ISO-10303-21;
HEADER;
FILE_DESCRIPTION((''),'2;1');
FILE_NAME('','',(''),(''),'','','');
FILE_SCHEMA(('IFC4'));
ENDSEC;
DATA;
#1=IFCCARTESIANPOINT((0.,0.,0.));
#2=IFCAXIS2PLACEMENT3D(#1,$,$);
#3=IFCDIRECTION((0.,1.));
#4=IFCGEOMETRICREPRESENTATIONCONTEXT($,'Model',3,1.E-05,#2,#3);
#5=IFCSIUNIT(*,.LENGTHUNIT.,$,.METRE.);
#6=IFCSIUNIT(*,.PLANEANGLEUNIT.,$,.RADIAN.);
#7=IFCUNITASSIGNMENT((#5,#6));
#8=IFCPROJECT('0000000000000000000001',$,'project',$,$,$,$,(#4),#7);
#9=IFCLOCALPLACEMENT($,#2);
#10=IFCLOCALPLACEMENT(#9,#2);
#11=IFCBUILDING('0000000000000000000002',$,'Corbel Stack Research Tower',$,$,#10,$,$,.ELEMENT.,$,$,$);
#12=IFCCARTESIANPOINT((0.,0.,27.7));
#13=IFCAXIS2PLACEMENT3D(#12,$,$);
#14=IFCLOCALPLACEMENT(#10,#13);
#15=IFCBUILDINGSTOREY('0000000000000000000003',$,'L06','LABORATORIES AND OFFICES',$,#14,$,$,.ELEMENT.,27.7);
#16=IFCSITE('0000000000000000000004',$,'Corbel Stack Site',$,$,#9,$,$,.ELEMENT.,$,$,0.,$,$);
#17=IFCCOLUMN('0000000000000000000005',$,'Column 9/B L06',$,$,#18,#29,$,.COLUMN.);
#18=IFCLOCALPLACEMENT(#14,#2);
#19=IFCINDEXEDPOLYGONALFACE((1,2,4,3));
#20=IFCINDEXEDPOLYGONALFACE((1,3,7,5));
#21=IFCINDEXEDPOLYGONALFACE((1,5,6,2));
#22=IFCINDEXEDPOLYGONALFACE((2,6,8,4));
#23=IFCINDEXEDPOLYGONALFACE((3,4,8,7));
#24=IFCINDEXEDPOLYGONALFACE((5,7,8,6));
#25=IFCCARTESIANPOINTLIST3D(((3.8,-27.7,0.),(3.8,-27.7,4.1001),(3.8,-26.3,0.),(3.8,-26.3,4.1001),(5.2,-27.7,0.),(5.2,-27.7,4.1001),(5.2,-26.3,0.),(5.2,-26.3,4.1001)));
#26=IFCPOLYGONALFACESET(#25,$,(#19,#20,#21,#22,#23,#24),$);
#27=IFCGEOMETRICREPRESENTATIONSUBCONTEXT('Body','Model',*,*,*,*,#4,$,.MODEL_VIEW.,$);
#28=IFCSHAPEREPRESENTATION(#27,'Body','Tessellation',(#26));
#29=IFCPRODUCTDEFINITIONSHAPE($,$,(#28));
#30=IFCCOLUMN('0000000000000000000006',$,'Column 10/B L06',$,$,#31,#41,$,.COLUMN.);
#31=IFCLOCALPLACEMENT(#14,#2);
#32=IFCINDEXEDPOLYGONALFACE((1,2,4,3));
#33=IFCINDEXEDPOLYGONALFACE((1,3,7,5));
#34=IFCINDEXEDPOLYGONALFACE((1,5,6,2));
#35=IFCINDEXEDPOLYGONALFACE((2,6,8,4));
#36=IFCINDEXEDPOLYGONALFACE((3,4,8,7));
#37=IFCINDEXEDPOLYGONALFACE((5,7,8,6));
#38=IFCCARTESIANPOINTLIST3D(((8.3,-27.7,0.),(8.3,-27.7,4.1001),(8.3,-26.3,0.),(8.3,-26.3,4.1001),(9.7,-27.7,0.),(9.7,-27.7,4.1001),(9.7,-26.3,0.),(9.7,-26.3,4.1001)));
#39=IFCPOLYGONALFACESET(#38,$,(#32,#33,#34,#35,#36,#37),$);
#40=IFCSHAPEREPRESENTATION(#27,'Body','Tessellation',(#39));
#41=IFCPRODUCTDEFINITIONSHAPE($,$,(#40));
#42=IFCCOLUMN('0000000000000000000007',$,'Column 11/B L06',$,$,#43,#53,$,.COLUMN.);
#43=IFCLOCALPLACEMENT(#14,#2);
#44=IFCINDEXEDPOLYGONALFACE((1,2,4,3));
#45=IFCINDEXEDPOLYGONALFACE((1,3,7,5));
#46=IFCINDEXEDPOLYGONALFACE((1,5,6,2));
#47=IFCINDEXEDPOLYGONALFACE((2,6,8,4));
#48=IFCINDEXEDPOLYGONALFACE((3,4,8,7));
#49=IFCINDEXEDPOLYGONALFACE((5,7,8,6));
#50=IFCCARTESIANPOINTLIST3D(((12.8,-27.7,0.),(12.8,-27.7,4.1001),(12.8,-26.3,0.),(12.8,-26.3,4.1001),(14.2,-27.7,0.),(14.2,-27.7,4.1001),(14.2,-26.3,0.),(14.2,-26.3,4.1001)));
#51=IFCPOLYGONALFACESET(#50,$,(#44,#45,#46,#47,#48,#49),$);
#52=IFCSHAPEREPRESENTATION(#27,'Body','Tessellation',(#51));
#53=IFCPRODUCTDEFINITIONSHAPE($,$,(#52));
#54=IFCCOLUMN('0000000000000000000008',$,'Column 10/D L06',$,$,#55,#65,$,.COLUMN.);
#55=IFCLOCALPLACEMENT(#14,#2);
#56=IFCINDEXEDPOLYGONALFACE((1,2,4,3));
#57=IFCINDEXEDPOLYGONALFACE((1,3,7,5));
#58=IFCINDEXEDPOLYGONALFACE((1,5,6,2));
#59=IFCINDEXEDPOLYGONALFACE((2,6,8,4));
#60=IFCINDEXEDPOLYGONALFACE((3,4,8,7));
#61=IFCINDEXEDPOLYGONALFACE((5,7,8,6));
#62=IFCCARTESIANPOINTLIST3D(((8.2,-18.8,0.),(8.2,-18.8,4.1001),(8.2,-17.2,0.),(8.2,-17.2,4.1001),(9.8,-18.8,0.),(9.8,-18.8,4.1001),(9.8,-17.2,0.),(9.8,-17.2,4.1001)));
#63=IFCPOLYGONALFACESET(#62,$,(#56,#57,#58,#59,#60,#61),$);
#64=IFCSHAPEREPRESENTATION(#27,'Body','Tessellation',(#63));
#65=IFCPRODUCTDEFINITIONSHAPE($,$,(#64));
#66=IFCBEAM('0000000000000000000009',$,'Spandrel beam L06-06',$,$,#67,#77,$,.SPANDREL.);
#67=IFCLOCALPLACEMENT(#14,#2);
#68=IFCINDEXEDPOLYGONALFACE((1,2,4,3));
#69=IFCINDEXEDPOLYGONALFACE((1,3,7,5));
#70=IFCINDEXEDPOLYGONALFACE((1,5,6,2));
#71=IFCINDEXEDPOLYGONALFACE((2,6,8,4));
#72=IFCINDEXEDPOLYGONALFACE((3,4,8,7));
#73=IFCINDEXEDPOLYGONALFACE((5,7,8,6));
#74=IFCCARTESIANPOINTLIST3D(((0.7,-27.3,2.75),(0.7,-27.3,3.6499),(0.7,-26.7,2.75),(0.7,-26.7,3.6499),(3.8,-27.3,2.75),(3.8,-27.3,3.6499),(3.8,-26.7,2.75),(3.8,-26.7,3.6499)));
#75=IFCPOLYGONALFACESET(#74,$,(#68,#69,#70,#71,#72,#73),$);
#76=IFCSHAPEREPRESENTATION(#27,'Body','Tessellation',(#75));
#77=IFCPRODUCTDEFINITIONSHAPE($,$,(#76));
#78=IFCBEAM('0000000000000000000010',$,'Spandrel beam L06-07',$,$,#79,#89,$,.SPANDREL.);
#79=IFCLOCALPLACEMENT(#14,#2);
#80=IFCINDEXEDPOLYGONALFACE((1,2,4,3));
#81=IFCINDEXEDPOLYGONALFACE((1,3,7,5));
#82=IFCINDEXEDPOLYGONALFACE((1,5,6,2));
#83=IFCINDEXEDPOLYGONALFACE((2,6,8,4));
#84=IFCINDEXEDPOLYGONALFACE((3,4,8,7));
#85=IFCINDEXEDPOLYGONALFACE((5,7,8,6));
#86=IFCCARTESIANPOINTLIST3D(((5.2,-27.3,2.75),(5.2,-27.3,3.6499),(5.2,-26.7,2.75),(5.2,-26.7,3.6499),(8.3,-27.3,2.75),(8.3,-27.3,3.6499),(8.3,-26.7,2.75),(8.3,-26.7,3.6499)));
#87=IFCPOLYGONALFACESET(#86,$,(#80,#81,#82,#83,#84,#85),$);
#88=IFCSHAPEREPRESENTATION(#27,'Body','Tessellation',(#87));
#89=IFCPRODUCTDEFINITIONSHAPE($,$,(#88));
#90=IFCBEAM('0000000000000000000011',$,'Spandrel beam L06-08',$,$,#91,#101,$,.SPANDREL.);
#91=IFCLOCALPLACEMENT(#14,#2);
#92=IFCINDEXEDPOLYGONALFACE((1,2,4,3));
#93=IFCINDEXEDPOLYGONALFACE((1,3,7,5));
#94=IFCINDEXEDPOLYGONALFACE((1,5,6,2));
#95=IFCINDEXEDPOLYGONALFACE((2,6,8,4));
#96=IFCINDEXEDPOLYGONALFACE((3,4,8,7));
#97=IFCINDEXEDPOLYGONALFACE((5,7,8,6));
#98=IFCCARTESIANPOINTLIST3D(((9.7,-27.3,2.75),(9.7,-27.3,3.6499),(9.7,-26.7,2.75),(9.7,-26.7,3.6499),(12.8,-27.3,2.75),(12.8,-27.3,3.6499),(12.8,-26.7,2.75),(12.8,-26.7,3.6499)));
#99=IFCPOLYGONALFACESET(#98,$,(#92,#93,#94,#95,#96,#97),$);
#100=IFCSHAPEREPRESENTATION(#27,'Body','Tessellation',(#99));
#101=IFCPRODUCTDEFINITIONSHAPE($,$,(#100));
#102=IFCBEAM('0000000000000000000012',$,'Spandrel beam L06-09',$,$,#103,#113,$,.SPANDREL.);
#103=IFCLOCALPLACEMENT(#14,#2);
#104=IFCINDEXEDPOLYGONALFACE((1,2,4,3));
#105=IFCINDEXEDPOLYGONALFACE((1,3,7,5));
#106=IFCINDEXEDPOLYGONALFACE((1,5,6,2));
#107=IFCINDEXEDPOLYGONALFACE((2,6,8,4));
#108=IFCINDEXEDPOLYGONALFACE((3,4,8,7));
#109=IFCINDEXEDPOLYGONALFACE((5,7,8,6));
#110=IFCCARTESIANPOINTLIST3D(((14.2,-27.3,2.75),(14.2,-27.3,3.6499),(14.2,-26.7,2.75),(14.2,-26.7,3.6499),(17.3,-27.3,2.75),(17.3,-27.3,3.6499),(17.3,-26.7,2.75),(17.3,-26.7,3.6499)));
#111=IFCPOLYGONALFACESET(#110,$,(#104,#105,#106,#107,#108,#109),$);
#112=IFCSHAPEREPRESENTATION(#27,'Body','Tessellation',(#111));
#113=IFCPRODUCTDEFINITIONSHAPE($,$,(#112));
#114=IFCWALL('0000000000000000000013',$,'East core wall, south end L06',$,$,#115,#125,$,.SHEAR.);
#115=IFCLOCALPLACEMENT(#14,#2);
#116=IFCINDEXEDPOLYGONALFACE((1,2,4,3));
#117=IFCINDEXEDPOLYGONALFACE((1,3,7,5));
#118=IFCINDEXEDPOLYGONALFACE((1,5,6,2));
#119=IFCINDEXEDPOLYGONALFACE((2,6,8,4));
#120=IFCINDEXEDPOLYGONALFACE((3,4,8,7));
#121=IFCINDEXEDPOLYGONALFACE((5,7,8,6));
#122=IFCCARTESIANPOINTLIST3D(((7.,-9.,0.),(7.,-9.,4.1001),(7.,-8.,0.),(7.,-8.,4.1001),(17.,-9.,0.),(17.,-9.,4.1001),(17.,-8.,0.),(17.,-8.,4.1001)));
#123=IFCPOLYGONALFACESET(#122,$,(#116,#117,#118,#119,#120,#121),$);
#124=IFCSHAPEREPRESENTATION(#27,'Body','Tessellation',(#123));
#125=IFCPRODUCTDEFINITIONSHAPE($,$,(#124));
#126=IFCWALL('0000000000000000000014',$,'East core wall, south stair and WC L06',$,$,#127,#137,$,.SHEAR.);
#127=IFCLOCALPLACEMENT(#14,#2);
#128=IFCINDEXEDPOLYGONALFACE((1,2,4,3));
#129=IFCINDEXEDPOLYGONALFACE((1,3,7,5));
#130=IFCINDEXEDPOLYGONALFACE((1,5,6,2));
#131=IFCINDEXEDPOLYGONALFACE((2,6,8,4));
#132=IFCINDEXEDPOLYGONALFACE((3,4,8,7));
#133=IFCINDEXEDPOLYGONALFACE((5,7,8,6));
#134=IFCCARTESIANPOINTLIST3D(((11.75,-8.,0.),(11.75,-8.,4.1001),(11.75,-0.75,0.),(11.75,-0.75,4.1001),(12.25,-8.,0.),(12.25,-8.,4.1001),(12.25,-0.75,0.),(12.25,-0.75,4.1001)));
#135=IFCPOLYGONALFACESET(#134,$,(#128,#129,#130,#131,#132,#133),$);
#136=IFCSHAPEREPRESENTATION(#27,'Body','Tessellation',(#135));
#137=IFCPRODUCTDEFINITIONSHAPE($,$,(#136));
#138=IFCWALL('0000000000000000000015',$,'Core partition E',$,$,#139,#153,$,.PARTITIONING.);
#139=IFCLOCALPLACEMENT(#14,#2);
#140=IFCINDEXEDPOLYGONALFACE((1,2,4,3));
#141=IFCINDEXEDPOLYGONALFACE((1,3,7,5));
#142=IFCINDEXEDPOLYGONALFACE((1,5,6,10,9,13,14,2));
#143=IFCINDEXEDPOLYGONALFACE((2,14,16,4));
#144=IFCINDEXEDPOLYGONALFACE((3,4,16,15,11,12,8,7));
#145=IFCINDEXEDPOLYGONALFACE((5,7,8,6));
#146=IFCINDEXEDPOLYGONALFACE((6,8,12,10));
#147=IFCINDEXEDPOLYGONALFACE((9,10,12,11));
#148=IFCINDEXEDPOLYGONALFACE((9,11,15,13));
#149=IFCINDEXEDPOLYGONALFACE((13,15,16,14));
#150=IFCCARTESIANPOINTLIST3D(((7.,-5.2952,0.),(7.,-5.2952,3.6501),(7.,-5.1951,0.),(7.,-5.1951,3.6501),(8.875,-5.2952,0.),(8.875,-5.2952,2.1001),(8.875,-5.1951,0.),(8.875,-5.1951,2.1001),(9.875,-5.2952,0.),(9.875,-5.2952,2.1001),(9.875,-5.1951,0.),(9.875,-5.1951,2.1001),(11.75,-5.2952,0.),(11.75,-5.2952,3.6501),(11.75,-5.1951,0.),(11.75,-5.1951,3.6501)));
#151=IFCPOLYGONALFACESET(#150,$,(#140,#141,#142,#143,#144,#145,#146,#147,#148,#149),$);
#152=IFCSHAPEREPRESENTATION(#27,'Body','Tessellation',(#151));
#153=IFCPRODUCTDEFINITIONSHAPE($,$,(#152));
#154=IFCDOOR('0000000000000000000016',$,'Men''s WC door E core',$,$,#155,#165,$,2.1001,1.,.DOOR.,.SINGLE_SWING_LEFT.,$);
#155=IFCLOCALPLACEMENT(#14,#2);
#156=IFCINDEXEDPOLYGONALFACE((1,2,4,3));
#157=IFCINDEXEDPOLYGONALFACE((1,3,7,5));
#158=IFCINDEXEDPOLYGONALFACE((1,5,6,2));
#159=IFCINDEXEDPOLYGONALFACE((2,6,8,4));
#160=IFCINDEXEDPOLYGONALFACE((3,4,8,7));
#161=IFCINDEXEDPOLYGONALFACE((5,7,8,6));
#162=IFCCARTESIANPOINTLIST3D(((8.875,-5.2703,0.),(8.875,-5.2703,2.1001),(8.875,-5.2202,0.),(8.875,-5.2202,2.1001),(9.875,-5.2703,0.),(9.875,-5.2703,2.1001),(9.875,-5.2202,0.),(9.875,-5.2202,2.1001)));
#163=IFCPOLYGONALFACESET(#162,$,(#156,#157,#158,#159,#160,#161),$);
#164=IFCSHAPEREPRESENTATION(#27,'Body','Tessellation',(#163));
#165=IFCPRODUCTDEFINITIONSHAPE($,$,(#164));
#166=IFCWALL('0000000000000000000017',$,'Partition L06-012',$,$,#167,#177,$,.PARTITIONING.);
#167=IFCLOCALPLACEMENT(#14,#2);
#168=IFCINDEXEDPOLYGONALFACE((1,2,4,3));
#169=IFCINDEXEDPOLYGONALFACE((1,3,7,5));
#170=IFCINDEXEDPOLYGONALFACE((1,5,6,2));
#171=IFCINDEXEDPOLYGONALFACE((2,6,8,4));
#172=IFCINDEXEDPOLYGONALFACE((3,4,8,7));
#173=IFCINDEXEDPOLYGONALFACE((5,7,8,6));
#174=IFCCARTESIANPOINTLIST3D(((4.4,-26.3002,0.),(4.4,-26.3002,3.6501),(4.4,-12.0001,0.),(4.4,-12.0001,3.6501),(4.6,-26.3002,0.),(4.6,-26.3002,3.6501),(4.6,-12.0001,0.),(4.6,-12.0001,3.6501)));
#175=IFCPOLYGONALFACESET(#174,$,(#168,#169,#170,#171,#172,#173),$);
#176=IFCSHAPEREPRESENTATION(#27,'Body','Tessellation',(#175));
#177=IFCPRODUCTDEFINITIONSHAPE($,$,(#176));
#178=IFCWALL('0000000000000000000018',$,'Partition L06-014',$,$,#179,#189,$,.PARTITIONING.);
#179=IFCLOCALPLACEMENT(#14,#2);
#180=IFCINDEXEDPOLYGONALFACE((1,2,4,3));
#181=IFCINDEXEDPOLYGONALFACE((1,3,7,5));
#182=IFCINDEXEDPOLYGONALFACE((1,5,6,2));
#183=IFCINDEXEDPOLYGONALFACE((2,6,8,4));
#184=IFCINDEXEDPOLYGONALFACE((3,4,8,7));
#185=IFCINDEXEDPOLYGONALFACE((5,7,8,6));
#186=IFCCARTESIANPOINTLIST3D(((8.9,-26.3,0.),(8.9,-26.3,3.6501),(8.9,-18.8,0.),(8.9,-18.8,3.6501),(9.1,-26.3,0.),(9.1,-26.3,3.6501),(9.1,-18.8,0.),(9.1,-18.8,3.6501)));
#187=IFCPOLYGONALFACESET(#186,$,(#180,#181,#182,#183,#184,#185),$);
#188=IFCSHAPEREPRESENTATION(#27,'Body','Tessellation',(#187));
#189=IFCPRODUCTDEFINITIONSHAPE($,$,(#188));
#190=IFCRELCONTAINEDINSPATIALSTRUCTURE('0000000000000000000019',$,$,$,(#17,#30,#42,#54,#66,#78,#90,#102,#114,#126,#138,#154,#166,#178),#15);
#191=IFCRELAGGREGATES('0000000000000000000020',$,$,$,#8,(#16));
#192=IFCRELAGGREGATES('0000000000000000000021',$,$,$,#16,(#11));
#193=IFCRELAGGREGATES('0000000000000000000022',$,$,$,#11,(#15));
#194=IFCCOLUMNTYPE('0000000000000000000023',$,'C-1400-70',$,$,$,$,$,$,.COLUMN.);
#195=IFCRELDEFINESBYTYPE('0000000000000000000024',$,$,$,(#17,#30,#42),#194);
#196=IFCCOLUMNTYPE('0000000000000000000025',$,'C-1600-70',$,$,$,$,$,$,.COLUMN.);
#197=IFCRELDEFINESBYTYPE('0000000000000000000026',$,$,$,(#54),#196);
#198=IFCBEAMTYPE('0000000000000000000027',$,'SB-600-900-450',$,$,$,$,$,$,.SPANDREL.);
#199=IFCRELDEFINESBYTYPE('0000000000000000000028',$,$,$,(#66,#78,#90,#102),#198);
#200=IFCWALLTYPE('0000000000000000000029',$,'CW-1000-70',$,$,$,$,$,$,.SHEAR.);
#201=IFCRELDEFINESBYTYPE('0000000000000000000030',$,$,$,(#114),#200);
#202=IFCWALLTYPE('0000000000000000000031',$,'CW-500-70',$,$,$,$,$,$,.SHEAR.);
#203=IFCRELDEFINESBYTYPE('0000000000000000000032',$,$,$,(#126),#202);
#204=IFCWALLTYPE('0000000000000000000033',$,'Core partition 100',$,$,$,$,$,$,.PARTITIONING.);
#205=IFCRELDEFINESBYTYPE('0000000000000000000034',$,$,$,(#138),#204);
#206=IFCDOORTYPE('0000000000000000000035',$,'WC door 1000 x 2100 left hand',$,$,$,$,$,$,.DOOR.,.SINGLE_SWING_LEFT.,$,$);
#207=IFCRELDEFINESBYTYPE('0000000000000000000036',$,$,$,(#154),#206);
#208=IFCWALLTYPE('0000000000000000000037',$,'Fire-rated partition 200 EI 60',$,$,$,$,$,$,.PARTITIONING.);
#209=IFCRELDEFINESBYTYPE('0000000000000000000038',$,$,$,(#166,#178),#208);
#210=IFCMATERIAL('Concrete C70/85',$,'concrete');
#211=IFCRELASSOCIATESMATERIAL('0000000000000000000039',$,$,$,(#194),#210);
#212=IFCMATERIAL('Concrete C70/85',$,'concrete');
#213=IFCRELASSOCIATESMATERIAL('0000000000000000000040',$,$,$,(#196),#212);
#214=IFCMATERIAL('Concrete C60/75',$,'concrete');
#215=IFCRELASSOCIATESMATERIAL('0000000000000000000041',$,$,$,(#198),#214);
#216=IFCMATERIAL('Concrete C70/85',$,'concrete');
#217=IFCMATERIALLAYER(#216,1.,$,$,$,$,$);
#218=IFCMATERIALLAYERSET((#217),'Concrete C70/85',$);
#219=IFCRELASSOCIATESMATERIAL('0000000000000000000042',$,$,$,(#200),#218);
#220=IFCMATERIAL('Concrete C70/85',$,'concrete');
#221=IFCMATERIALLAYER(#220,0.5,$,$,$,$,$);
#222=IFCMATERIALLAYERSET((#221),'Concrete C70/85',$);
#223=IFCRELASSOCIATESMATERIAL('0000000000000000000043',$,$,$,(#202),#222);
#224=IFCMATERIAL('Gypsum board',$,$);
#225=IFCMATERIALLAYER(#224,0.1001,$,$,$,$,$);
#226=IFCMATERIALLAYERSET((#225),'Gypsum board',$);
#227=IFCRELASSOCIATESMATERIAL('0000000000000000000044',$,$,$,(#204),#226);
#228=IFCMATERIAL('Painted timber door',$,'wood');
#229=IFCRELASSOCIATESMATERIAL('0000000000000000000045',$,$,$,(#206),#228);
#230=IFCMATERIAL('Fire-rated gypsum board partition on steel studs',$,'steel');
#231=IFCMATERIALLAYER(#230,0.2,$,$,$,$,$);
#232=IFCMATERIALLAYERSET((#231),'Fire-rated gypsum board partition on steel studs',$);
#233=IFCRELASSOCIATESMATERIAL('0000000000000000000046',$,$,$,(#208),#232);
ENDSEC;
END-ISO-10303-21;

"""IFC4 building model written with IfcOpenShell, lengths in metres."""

from ifc_helpers import new_model, si_unit, direction, frame, frame_2d, origin, origin_2d, place, context, subcontext, project, spatial, rectangle, extrude, material, layer, layer_set, material_profile, profile_set, type_object, element, fill, save


model = new_model("IFC4")

# Units and contexts
model_context = context("Model", 3, precision=1e-05, world=origin(), true_north=direction((0.0, 1.0)))
body_context = subcontext(model_context, "Body", "Model", "MODEL_VIEW")
ifc_project = project(units=[si_unit("LENGTHUNIT", "METRE"), si_unit("PLANEANGLEUNIT", "RADIAN")], contexts=[model_context])

# Site, building, storey
site_placement = place(None, origin())
site = spatial("IfcSite", under=ifc_project, at=site_placement, Name="Corbel Stack Site", CompositionType="ELEMENT", RefElevation=0.0)
building_placement = place(site_placement, origin())
building = spatial("IfcBuilding", under=site, at=building_placement, Name="Corbel Stack Research Tower", CompositionType="ELEMENT")
storey_placement = place(building_placement, frame((0.0, 0.0, 27.7)))
storey = spatial("IfcBuildingStorey", under=building, at=storey_placement, Name="L06", Description="LABORATORIES AND OFFICES", CompositionType="ELEMENT", Elevation=27.7)

# Columns
ifc_material_1 = material(Name="Concrete C70/85", Category="concrete")
ifc_material_profile_1 = material_profile(ifc_material_1, rectangle(XDim=1.3999, YDim=1.3999, at=origin_2d()), Name="RC 1400 x 1400")
ifc_profile_set_1 = profile_set([ifc_material_profile_1], Name="Concrete C70/85")
column_type_1 = type_object("IfcColumnType", Name="C-1400-70", PredefinedType="COLUMN", material=ifc_profile_set_1)
for number, where, z_axis, x_axis, name in (
    (1, (4.5, -27.0, 0.0), (0.0, 0.0, 1.0), (1.0, 0.0, 0.0), "Column 9/B L06"),
    (2, (9.0, -27.0, 0.0), (0.0, 0.0, 1.0), (1.0, 0.0, 0.0), "Column 10/B L06"),
    (3, (13.5, -27.0, 0.0), (0.0, 0.0, 1.0), (1.0, 0.0, 0.0), "Column 11/B L06"),
):
    element("IfcColumn", number, at=place(storey_placement, frame(where, z_axis=z_axis, x_axis=x_axis)), inside=storey, type_object=column_type_1, Name=name, PredefinedType="COLUMN", context=body_context, shape_type="SweptSolid", body=[
        extrude(rectangle(XDim=1.3999, YDim=1.3999, at=origin_2d()), origin(), (0.0, 0.0, 1.0), 4.1001),
    ])
ifc_material_2 = material(Name="Concrete C70/85", Category="concrete")
ifc_material_profile_2 = material_profile(ifc_material_2, rectangle(XDim=1.6001, YDim=1.6001, at=origin_2d()), Name="RC 1600 x 1600")
ifc_profile_set_2 = profile_set([ifc_material_profile_2], Name="Concrete C70/85")
column_type_2 = type_object("IfcColumnType", Name="C-1600-70", PredefinedType="COLUMN", material=ifc_profile_set_2)
column_placement = place(storey_placement, frame((9.0, -18.0, 0.0), z_axis=(0.0, 0.0, 1.0), x_axis=(1.0, 0.0, 0.0)))
element("IfcColumn", 4, at=column_placement, inside=storey, type_object=column_type_2, Name="Column 10/D L06", PredefinedType="COLUMN", context=body_context, shape_type="SweptSolid", body=[
    extrude(rectangle(XDim=1.6001, YDim=1.6001, at=origin_2d()), origin(), (0.0, 0.0, 1.0), 4.1001),
])

# Beams
ifc_material_3 = material(Name="Concrete C60/75", Category="concrete")
ifc_material_profile_3 = material_profile(ifc_material_3, rectangle(XDim=0.6001, YDim=0.8999, at=origin_2d()), Name="RC 600 x 900")
ifc_profile_set_3 = profile_set([ifc_material_profile_3], Name="Concrete C60/75")
beam_type = type_object("IfcBeamType", Name="SB-600-900-450", PredefinedType="SPANDREL", material=ifc_profile_set_3)
for number, where, z_axis, x_axis, name in (
    (5, (0.7, -27.0, 3.2), (1.0, 0.0, 0.0), (0.0, 1.0, 0.0), "Spandrel beam L06-06"),
    (6, (5.2, -27.0, 3.2), (1.0, 0.0, 0.0), (0.0, 1.0, 0.0), "Spandrel beam L06-07"),
    (7, (9.7, -27.0, 3.2), (1.0, 0.0, 0.0), (0.0, 1.0, 0.0), "Spandrel beam L06-08"),
    (8, (14.2, -27.0, 3.2), (1.0, 0.0, 0.0), (0.0, 1.0, 0.0), "Spandrel beam L06-09"),
):
    element("IfcBeam", number, at=place(storey_placement, frame(where, z_axis=z_axis, x_axis=x_axis)), inside=storey, type_object=beam_type, Name=name, PredefinedType="SPANDREL", context=body_context, shape_type="SweptSolid", body=[
        extrude(rectangle(XDim=0.6001, YDim=0.8999, at=origin_2d()), origin(), (0.0, 0.0, 1.0), 3.1001),
    ])

# Shared definitions
ifc_material_4 = material(Name="Concrete C70/85", Category="concrete")
ifc_layer_1 = layer(ifc_material_4, 1.0)
ifc_layer_set_1 = layer_set([ifc_layer_1], Name="Concrete C70/85")
wall_type_1 = type_object("IfcWallType", Name="CW-1000-70", PredefinedType="SHEAR", material=ifc_layer_set_1)

# Walls
wall_1_placement = place(storey_placement, frame((7.0, -8.5, 0.0), z_axis=(0.0, 0.0, 1.0), x_axis=(1.0, 0.0, 0.0)))
element("IfcWall", 9, at=wall_1_placement, inside=storey, type_object=wall_type_1, Name="East core wall, south end L06", PredefinedType="SHEAR", context=body_context, shape_type="SweptSolid", body=[
    extrude(rectangle(XDim=10.0, YDim=1.0, at=frame_2d((5.0, 0.0))), origin(), (0.0, 0.0, 1.0), 4.1001),
])
ifc_material_5 = material(Name="Concrete C70/85", Category="concrete")
ifc_layer_2 = layer(ifc_material_5, 0.5)
ifc_layer_set_2 = layer_set([ifc_layer_2], Name="Concrete C70/85")
wall_type_2 = type_object("IfcWallType", Name="CW-500-70", PredefinedType="SHEAR", material=ifc_layer_set_2)
wall_2_placement = place(storey_placement, frame((12.0, -8.0, 0.0), z_axis=(0.0, 0.0, 1.0), x_axis=(0.0, 1.0, 0.0)))
element("IfcWall", 10, at=wall_2_placement, inside=storey, type_object=wall_type_2, Name="East core wall, south stair and WC L06", PredefinedType="SHEAR", context=body_context, shape_type="SweptSolid", body=[
    extrude(rectangle(XDim=7.25, YDim=0.5, at=frame_2d((3.625, 0.0))), origin(), (0.0, 0.0, 1.0), 4.1001),
])

# Wall, opening, door
ifc_material_6 = material(Name="Gypsum board")
ifc_layer_3 = layer(ifc_material_6, 0.1001)
ifc_layer_set_3 = layer_set([ifc_layer_3], Name="Gypsum board")
wall_type_3 = type_object("IfcWallType", Name="Core partition 100", PredefinedType="PARTITIONING", material=ifc_layer_set_3)
wall_3_placement = place(storey_placement, frame((7.0, -5.2451, 0.0), z_axis=(0.0, 0.0, 1.0), x_axis=(1.0, 0.0, 0.0)))
wall_3 = element("IfcWall", 11, at=wall_3_placement, inside=storey, type_object=wall_type_3, Name="Core partition E", PredefinedType="PARTITIONING", context=body_context, shape_type="SweptSolid", body=[
    extrude(rectangle(XDim=4.75, YDim=0.1001, at=frame_2d((2.375, 0.0))), origin(), (0.0, 0.0, 1.0), 3.6501),
])
opening_1_placement = place(wall_3_placement, frame((1.875, 0.0, 0.0)))
opening_1 = element("IfcOpeningElement", 12, at=opening_1_placement, cuts=wall_3, PredefinedType="OPENING", context=body_context, shape_type="SweptSolid", body=[
    extrude(rectangle(XDim=1.0, YDim=2.1001, at=frame_2d((0.5, 1.05))), frame((0.0, 0.0601, 0.0), z_axis=(0.0, -1.0, 0.0), x_axis=(1.0, 0.0, 0.0)), (0.0, 0.0, 1.0), 0.1201),
])
ifc_material_7 = material(Name="Painted timber door", Category="wood")
door_type_1 = type_object("IfcDoorType", Name="WC door 1000 x 2100 left hand", OperationType="SINGLE_SWING_LEFT", PredefinedType="DOOR", material=ifc_material_7)
door_1_placement = place(opening_1_placement, origin())
door_1 = element("IfcDoor", 13, at=door_1_placement, inside=storey, type_object=door_type_1, Name="Men's WC door E core", OperationType="SINGLE_SWING_LEFT", OverallHeight=2.1001, OverallWidth=1.0, PredefinedType="DOOR", context=body_context, shape_type="SweptSolid", body=[
    extrude(rectangle(XDim=1.0, YDim=2.1001, at=frame_2d((0.5, 1.05))), frame((0.0, 0.0249, 0.0), z_axis=(0.0, -1.0, 0.0), x_axis=(1.0, 0.0, 0.0)), (0.0, 0.0, 1.0), 0.05),
])
fill(opening_1, door_1)

# Walls
ifc_material_8 = material(Name="Fire-rated gypsum board partition on steel studs", Category="steel")
ifc_layer_4 = layer(ifc_material_8, 0.2)
ifc_layer_set_4 = layer_set([ifc_layer_4], Name="Fire-rated gypsum board partition on steel studs")
wall_type_4 = type_object("IfcWallType", Name="Fire-rated partition 200 EI 60", PredefinedType="PARTITIONING", material=ifc_layer_set_4)
wall_4_placement = place(storey_placement, frame((4.5, -26.3, 0.0), z_axis=(0.0, 0.0, 1.0), x_axis=(0.0, 1.0, 0.0)))
element("IfcWall", 14, at=wall_4_placement, inside=storey, type_object=wall_type_4, Name="Partition L06-012", PredefinedType="PARTITIONING", context=body_context, shape_type="SweptSolid", body=[
    extrude(rectangle(XDim=14.3, YDim=0.2, at=frame_2d((7.1499, 0.0))), origin(), (0.0, 0.0, 1.0), 3.6501),
])
wall_5_placement = place(storey_placement, frame((9.0, -26.3, 0.0), z_axis=(0.0, 0.0, 1.0), x_axis=(0.0, 1.0, 0.0)))
element("IfcWall", 15, at=wall_5_placement, inside=storey, type_object=wall_type_4, Name="Partition L06-014", PredefinedType="PARTITIONING", context=body_context, shape_type="SweptSolid", body=[
    extrude(rectangle(XDim=7.5, YDim=0.2, at=frame_2d((3.75, 0.0))), origin(), (0.0, 0.0, 1.0), 3.6501),
])

save(model, "model.ifc")
